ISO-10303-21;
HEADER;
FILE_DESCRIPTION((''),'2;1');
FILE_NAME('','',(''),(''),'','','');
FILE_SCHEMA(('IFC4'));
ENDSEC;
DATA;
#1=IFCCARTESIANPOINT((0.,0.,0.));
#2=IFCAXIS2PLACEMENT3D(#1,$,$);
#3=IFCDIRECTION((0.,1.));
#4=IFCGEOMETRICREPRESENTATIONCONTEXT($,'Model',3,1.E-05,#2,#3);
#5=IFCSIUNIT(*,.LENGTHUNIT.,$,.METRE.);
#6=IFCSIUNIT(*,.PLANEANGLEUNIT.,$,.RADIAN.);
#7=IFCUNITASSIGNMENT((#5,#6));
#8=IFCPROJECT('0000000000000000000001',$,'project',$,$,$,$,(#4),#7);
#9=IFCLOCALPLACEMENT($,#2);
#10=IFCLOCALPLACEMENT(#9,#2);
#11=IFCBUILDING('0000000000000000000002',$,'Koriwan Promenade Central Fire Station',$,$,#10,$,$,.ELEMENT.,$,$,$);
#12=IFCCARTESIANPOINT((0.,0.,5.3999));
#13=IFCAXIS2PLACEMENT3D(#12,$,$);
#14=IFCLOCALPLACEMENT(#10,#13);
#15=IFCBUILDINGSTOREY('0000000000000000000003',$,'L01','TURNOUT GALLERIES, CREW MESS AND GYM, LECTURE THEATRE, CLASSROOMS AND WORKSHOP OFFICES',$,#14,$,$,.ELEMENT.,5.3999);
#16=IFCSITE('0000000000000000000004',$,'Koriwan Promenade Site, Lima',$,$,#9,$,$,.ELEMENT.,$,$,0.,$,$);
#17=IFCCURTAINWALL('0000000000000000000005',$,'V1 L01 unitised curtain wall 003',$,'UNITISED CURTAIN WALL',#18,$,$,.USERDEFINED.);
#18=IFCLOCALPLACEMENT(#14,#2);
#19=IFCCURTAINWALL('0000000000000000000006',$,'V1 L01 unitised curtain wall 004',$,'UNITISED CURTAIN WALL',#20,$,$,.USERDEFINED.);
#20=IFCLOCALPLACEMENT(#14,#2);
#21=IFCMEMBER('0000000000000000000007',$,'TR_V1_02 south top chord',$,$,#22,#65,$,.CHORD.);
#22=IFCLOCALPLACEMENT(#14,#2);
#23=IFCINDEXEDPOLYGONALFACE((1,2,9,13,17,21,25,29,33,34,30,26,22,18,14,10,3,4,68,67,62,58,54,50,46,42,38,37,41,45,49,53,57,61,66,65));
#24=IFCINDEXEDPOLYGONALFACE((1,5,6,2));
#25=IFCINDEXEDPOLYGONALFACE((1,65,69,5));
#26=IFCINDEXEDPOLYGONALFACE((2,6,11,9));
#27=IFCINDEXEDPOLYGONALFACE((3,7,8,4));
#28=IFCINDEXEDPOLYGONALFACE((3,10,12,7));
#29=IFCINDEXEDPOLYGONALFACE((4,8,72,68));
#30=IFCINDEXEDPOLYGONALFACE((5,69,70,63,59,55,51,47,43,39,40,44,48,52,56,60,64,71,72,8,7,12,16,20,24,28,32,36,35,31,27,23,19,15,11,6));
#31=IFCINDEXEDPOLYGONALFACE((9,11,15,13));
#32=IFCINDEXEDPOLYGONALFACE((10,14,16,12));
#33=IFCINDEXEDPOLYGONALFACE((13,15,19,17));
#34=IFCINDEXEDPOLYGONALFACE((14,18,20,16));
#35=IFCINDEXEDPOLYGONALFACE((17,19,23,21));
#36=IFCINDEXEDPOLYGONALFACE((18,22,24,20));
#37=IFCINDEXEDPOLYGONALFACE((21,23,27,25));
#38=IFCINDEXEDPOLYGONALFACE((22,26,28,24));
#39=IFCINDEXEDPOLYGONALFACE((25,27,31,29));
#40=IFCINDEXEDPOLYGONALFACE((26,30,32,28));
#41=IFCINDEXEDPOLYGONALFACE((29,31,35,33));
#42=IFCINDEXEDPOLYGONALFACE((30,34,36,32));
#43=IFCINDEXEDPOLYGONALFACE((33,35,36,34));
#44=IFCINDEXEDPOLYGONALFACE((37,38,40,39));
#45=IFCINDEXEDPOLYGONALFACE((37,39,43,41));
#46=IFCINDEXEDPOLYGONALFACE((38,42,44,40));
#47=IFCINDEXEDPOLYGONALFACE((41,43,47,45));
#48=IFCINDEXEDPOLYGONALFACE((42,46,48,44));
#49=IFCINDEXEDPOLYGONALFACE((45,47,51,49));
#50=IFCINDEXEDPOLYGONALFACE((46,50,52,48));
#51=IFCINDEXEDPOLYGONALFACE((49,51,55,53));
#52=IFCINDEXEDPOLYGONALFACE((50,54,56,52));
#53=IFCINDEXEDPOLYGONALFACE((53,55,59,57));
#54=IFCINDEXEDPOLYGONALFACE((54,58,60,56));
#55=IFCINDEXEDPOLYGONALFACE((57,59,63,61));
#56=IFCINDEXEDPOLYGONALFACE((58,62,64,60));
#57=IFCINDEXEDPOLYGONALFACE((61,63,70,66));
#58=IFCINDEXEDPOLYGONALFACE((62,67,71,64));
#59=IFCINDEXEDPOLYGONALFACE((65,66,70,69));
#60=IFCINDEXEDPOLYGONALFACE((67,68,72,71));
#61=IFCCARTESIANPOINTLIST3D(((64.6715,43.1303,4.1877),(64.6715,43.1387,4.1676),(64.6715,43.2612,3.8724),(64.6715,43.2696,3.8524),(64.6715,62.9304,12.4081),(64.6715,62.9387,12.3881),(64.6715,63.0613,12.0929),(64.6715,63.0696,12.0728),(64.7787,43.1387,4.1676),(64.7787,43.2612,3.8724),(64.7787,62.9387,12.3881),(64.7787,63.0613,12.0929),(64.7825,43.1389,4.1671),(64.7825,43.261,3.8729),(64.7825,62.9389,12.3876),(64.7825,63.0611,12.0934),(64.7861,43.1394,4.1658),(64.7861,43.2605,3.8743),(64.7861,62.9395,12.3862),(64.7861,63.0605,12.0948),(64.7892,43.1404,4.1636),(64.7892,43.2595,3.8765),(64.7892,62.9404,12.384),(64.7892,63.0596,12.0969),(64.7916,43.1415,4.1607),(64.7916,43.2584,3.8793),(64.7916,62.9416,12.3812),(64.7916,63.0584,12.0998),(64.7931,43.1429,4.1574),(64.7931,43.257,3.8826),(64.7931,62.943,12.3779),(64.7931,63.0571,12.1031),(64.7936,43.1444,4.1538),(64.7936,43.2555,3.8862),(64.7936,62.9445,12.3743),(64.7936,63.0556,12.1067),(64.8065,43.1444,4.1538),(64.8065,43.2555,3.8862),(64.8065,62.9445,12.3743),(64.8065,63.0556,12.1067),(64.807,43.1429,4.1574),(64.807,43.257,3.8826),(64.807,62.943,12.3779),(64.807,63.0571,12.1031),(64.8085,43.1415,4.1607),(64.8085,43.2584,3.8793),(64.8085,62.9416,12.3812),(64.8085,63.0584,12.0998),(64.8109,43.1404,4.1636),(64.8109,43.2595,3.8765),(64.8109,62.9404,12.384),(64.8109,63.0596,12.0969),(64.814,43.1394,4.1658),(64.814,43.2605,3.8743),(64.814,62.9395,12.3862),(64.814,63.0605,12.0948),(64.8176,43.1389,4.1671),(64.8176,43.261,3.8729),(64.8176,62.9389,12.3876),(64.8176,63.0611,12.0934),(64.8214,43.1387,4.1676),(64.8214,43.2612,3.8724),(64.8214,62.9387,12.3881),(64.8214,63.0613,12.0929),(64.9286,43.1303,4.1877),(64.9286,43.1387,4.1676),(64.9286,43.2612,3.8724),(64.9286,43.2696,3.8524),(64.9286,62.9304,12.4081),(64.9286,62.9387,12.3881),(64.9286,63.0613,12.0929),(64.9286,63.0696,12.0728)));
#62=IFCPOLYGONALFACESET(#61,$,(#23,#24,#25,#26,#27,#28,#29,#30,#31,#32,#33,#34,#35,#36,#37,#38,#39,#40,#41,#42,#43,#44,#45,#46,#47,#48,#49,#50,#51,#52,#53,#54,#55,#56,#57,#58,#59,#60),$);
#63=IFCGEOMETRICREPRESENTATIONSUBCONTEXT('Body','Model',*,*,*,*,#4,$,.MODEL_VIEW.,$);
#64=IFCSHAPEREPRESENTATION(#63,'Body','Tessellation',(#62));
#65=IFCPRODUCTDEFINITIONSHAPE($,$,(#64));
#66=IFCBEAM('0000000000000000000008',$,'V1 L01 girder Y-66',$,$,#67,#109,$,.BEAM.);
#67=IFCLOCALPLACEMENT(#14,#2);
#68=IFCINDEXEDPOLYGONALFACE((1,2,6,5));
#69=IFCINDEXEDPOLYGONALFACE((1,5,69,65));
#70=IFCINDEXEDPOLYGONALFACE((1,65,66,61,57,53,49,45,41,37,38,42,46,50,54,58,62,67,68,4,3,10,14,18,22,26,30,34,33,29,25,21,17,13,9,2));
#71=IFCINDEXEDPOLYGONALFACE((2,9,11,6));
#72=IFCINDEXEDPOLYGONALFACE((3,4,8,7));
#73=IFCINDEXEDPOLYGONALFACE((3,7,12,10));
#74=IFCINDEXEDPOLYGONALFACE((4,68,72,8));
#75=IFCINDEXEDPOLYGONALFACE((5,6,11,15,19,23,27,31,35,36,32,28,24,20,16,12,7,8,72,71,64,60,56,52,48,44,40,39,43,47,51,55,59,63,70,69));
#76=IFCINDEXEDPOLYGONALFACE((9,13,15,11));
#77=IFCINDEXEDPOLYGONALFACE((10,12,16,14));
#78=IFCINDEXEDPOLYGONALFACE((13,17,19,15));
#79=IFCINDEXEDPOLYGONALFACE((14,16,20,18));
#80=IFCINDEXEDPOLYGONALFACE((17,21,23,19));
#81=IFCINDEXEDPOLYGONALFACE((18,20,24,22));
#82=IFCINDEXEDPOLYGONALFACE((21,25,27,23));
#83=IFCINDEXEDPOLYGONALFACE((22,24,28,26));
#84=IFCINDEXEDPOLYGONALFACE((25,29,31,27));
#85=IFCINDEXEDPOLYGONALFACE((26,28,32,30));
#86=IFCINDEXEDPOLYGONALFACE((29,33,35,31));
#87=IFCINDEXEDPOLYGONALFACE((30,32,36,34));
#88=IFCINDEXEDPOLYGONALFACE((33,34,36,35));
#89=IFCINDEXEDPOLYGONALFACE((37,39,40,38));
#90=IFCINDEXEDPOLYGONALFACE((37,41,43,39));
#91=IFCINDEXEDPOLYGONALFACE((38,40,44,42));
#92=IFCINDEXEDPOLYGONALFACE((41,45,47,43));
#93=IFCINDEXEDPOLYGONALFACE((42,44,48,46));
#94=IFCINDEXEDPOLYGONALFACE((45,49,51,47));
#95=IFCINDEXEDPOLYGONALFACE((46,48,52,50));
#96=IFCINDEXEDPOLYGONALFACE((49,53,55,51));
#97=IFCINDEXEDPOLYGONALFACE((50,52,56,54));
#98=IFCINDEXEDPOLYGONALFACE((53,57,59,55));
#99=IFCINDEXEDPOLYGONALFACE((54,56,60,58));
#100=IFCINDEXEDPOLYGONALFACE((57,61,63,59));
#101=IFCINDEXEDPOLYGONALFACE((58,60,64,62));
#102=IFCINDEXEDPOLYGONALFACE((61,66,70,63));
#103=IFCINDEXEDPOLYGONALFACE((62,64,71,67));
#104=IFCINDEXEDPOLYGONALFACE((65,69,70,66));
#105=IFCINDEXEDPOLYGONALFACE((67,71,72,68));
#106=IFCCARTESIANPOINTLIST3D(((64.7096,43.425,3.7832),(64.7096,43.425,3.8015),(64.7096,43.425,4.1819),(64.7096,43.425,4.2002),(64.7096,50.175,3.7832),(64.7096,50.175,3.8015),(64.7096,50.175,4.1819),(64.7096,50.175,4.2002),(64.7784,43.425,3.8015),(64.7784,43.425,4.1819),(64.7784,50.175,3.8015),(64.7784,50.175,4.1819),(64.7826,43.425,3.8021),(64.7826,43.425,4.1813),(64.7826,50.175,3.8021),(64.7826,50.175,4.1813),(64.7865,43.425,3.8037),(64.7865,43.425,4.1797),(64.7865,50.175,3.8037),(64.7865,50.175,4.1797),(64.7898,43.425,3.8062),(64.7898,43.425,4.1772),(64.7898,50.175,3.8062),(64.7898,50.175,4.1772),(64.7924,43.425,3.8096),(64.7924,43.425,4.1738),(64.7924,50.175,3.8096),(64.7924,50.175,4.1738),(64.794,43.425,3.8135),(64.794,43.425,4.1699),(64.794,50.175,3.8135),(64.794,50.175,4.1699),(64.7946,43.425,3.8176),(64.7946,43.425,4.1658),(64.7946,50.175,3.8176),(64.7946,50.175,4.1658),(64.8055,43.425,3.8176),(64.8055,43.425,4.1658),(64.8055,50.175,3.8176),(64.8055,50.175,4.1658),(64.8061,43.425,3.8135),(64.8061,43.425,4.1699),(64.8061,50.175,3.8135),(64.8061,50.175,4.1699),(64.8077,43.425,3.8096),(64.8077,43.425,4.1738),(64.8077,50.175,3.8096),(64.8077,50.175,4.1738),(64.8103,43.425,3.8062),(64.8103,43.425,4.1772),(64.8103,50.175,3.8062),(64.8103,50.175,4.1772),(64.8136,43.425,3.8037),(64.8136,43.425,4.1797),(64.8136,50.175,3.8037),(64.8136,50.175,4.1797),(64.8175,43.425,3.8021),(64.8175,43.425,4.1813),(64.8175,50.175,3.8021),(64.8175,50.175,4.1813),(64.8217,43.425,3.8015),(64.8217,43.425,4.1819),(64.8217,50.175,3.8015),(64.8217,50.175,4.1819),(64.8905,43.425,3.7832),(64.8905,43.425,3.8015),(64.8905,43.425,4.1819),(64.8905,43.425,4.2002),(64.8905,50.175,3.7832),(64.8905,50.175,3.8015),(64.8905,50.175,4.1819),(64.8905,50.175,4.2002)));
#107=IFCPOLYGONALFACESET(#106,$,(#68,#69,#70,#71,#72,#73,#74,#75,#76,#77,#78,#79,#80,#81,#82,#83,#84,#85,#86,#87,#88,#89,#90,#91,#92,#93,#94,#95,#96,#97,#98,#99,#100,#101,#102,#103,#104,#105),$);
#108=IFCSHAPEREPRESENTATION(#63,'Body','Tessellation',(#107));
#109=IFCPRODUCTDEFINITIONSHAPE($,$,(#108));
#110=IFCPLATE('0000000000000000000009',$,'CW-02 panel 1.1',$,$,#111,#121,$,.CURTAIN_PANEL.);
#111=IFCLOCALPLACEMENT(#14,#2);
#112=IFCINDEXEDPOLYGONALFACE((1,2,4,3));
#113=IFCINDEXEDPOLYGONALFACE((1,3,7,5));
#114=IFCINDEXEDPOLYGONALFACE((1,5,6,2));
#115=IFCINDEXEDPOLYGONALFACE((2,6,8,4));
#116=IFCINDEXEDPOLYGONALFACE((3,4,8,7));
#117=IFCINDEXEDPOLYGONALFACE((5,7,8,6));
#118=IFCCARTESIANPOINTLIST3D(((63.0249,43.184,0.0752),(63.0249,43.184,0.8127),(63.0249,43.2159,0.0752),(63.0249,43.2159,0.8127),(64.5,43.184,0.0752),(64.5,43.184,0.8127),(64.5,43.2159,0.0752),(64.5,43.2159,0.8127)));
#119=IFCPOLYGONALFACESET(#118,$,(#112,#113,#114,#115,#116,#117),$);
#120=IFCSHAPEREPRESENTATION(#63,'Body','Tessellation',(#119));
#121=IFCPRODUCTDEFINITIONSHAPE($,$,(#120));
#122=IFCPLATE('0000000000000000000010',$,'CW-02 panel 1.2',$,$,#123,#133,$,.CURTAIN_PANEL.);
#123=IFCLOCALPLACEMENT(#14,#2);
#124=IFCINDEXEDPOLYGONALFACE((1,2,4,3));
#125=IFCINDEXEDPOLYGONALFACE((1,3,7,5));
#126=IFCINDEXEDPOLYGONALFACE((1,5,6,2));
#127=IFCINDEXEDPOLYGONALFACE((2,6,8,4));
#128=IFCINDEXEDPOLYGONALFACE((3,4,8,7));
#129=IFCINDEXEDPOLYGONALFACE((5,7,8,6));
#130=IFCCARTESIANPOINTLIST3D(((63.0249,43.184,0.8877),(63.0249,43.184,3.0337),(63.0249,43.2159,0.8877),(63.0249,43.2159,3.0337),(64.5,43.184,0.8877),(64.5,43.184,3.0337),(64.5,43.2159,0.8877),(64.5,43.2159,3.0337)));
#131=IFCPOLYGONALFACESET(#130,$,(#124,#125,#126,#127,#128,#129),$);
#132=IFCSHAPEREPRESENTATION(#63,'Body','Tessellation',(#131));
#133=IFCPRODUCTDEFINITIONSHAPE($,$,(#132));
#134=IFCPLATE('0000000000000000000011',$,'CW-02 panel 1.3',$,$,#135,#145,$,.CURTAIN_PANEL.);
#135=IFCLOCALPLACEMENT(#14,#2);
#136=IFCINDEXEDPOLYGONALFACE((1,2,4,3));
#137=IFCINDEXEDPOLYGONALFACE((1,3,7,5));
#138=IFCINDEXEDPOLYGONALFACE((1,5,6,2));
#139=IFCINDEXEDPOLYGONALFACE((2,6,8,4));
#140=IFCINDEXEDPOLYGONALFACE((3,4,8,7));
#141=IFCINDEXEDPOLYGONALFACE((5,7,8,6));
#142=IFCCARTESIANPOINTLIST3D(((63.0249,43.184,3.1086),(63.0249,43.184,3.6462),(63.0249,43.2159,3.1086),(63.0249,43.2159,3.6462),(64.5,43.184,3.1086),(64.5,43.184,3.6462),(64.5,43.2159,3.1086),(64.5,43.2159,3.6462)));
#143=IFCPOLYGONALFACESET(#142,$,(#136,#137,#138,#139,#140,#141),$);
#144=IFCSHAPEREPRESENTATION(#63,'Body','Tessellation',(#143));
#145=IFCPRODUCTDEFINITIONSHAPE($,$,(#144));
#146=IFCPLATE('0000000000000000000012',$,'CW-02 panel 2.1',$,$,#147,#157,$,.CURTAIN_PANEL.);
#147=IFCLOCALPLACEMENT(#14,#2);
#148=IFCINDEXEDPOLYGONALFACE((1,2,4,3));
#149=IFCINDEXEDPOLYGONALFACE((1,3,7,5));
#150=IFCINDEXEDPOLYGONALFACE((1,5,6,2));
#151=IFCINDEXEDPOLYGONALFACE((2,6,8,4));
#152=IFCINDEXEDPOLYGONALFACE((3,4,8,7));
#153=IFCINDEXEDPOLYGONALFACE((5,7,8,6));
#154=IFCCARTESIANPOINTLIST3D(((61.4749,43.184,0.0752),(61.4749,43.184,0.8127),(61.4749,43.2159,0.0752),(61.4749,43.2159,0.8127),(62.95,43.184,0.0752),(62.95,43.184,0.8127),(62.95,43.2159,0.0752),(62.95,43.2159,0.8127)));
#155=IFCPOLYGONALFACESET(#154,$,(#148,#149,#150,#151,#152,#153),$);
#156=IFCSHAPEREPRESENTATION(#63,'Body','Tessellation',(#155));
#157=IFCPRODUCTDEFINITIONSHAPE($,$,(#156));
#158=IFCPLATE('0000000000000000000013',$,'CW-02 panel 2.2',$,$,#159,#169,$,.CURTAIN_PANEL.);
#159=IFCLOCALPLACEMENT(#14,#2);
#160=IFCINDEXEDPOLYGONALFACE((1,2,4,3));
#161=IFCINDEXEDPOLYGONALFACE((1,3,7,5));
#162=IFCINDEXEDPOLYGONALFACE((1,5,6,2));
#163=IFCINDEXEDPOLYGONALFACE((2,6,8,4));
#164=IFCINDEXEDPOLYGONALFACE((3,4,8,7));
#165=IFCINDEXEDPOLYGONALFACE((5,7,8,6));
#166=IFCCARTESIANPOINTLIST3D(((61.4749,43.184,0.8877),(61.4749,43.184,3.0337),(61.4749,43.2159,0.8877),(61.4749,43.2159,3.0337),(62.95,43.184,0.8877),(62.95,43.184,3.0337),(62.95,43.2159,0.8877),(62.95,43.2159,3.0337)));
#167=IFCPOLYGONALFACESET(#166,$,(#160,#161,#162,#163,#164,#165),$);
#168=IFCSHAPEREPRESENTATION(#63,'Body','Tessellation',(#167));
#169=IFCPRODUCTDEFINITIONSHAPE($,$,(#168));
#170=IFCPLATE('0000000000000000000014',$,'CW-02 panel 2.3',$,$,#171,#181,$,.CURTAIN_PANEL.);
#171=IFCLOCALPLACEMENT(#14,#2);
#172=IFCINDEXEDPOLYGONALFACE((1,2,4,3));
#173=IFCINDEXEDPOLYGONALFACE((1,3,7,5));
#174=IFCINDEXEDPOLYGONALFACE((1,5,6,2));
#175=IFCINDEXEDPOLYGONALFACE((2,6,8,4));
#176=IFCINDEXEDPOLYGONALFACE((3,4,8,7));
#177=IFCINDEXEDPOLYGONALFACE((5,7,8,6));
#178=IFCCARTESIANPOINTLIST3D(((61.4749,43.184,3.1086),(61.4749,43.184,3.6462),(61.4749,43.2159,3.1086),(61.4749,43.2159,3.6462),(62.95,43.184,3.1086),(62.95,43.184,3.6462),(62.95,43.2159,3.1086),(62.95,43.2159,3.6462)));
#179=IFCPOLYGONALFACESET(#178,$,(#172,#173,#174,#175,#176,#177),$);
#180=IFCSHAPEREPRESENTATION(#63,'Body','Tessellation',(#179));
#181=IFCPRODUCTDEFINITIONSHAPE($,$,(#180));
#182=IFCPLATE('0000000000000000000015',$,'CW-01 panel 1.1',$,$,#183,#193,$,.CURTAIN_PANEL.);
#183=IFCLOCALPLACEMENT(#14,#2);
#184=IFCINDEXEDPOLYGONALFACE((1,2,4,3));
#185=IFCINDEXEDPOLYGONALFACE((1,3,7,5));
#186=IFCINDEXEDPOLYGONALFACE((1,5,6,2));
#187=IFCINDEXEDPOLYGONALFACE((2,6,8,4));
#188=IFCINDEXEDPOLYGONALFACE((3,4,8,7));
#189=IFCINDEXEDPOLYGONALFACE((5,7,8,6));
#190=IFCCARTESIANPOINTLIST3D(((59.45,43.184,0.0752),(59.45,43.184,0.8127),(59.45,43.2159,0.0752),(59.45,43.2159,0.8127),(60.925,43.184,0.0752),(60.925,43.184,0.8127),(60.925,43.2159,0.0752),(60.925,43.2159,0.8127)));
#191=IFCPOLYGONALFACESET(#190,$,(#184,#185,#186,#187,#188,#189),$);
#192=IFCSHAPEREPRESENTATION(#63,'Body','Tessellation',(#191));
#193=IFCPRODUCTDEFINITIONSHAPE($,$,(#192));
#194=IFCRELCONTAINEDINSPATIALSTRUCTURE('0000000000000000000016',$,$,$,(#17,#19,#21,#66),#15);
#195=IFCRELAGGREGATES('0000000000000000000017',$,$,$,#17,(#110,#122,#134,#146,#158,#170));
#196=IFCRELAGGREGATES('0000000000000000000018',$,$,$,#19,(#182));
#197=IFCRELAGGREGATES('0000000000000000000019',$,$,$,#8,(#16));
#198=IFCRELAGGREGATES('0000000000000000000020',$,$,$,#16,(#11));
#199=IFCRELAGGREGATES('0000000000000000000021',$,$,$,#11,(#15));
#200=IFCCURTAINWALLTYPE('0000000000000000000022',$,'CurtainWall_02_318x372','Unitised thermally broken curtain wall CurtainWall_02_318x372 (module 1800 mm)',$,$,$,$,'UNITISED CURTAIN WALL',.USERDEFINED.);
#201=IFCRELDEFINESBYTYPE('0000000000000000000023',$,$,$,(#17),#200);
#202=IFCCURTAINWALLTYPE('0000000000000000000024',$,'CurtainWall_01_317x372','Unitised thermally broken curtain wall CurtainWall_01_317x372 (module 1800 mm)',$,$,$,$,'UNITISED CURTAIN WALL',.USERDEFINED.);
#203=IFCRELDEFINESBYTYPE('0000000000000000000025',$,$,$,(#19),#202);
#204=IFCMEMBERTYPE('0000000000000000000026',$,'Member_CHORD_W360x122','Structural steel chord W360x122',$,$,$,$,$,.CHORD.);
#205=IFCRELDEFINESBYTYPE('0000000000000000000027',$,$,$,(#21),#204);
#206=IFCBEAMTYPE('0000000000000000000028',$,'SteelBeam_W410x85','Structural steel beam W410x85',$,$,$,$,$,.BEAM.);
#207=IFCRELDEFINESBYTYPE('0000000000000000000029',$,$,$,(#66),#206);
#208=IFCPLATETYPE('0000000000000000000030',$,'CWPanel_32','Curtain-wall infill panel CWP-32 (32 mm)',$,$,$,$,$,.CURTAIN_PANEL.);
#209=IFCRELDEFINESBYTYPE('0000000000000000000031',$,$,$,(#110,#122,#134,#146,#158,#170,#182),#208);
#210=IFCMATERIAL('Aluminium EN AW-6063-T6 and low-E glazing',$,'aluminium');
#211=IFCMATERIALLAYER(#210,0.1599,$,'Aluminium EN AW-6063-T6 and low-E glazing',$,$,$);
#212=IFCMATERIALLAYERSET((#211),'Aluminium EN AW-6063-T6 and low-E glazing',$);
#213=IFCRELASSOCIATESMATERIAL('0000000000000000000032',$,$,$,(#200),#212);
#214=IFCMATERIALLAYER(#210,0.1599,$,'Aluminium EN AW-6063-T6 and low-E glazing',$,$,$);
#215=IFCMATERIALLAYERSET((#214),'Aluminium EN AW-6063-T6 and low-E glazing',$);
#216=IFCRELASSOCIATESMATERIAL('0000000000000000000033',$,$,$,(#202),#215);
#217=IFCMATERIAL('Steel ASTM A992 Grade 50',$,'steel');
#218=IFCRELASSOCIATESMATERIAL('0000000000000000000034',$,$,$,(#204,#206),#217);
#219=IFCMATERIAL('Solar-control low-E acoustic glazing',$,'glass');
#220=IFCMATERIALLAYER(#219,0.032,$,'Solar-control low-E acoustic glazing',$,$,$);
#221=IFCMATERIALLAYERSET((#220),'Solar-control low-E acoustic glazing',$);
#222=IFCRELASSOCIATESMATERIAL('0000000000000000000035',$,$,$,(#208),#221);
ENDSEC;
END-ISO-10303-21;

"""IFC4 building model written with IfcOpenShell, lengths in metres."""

from ifc_helpers import new_model, si_unit, direction, frame, origin, origin_2d, place, context, subcontext, project, spatial, rectangle, i_section, extrude, material, layer, layer_set, material_profile, profile_set, type_object, element, aggregate, save


model = new_model("IFC4")

# Units and contexts
model_context = context("Model", 3, precision=1e-05, world=origin(), true_north=direction((0.0, 1.0)))
body_context = subcontext(model_context, "Body", "Model", "MODEL_VIEW")
ifc_project = project(units=[si_unit("LENGTHUNIT", "METRE"), si_unit("PLANEANGLEUNIT", "RADIAN")], contexts=[model_context])

# Site, building, storey
site_placement = place(None, origin())
site = spatial("IfcSite", under=ifc_project, at=site_placement, Name="Koriwan Promenade Site, Lima", CompositionType="ELEMENT", RefElevation=0.0)
building_placement = place(site_placement, origin())
building = spatial("IfcBuilding", under=site, at=building_placement, Name="Koriwan Promenade Central Fire Station", CompositionType="ELEMENT")
storey_placement = place(building_placement, frame((0.0, 0.0, 5.3999)))
storey = spatial("IfcBuildingStorey", under=building, at=storey_placement, Name="L01", Description="TURNOUT GALLERIES, CREW MESS AND GYM, LECTURE THEATRE, CLASSROOMS AND WORKSHOP OFFICES", CompositionType="ELEMENT", Elevation=5.3999)

# Curtain walls
ifc_material_1 = material(Name="Aluminium EN AW-6063-T6 and low-E glazing", Category="aluminium")
ifc_layer_1 = layer(ifc_material_1, 0.1599, Name="Aluminium EN AW-6063-T6 and low-E glazing")
ifc_layer_set_1 = layer_set([ifc_layer_1], Name="Aluminium EN AW-6063-T6 and low-E glazing")
curtain_wall_type_1 = type_object("IfcCurtainWallType", Name="CurtainWall_02_318x372", Description="Unitised thermally broken curtain wall CurtainWall_02_318x372 (module 1800 mm)", ElementType="UNITISED CURTAIN WALL", PredefinedType="USERDEFINED", material=ifc_layer_set_1)
curtain_wall_1_placement = place(storey_placement, origin())
curtain_wall_1 = element("IfcCurtainWall", 1, at=curtain_wall_1_placement, inside=storey, type_object=curtain_wall_type_1, Name="V1 L01 unitised curtain wall 003", ObjectType="UNITISED CURTAIN WALL", PredefinedType="USERDEFINED")
ifc_layer_2 = layer(ifc_material_1, 0.1599, Name="Aluminium EN AW-6063-T6 and low-E glazing")
ifc_layer_set_2 = layer_set([ifc_layer_2], Name="Aluminium EN AW-6063-T6 and low-E glazing")
curtain_wall_type_2 = type_object("IfcCurtainWallType", Name="CurtainWall_01_317x372", Description="Unitised thermally broken curtain wall CurtainWall_01_317x372 (module 1800 mm)", ElementType="UNITISED CURTAIN WALL", PredefinedType="USERDEFINED", material=ifc_layer_set_2)
curtain_wall_2_placement = place(storey_placement, origin())
curtain_wall_2 = element("IfcCurtainWall", 2, at=curtain_wall_2_placement, inside=storey, type_object=curtain_wall_type_2, Name="V1 L01 unitised curtain wall 004", ObjectType="UNITISED CURTAIN WALL", PredefinedType="USERDEFINED")

# Member
ifc_material_2 = material(Name="Steel ASTM A992 Grade 50", Category="steel")
ifc_material_profile_1 = material_profile(ifc_material_2, i_section(OverallWidth=0.2571, OverallDepth=0.363, WebThickness=0.0129, FlangeThickness=0.0217, FilletRadius=0.0149, at=origin_2d()), Name="W360x122")
ifc_profile_set_1 = profile_set([ifc_material_profile_1], Name="Steel ASTM A992 Grade 50")
member_type_1 = type_object("IfcMemberType", Name="Member_CHORD_W360x122", Description="Structural steel chord W360x122", PredefinedType="CHORD", material=ifc_profile_set_1)
member_1_placement = place(storey_placement, frame((64.8, 43.2, 4.02), z_axis=(0.0, 0.923566, 0.38344), x_axis=(-1.0, 0.0, 0.0)))
element("IfcMember", 3, at=member_1_placement, inside=storey, type_object=member_type_1, Name="TR_V1_02 south top chord", PredefinedType="CHORD", context=body_context, shape_type="SweptSolid", body=[
    extrude(i_section(OverallWidth=0.2571, OverallDepth=0.363, WebThickness=0.0129, FlangeThickness=0.0217, FilletRadius=0.0149, at=origin_2d()), origin(), (0.0, 0.0, 1.0), 21.4387),
])

# Beam
ifc_material_profile_2 = material_profile(ifc_material_2, i_section(OverallWidth=0.1809, OverallDepth=0.417, WebThickness=0.011, FlangeThickness=0.0183, FilletRadius=0.0161, at=origin_2d()), Name="W410x85")
ifc_profile_set_2 = profile_set([ifc_material_profile_2], Name="Steel ASTM A992 Grade 50")
beam_type = type_object("IfcBeamType", Name="SteelBeam_W410x85", Description="Structural steel beam W410x85", PredefinedType="BEAM", material=ifc_profile_set_2)
beam_placement = place(storey_placement, frame((64.8, 43.425, 3.9917), z_axis=(0.0, 1.0, 0.0), x_axis=(-1.0, 0.0, 0.0)))
element("IfcBeam", 4, at=beam_placement, inside=storey, type_object=beam_type, Name="V1 L01 girder Y-66", PredefinedType="BEAM", context=body_context, shape_type="SweptSolid", body=[
    extrude(i_section(OverallWidth=0.1809, OverallDepth=0.417, WebThickness=0.011, FlangeThickness=0.0183, FilletRadius=0.0161, at=origin_2d()), origin(), (0.0, 0.0, 1.0), 6.75),
])

# Plates
ifc_material_3 = material(Name="Solar-control low-E acoustic glazing", Category="glass")
ifc_layer_3 = layer(ifc_material_3, 0.032, Name="Solar-control low-E acoustic glazing")
ifc_layer_set_3 = layer_set([ifc_layer_3], Name="Solar-control low-E acoustic glazing")
plate_type_1 = type_object("IfcPlateType", Name="CWPanel_32", Description="Curtain-wall infill panel CWP-32 (32 mm)", PredefinedType="CURTAIN_PANEL", material=ifc_layer_set_3)
plate_1_placement = place(storey_placement, frame((63.7625, 43.2, 0.0752), z_axis=(0.0, 0.0, 1.0), x_axis=(-1.0, 0.0, 0.0)))
plate_1 = element("IfcPlate", 5, at=plate_1_placement, type_object=plate_type_1, Name="CW-02 panel 1.1", PredefinedType="CURTAIN_PANEL", context=body_context, shape_type="SweptSolid", body=[
    extrude(rectangle(XDim=1.4751, YDim=0.032, at=origin_2d()), origin(), (0.0, 0.0, 1.0), 0.7375),
])
plate_2_placement = place(storey_placement, frame((63.7625, 43.2, 0.8877), z_axis=(0.0, 0.0, 1.0), x_axis=(-1.0, 0.0, 0.0)))
plate_2 = element("IfcPlate", 6, at=plate_2_placement, type_object=plate_type_1, Name="CW-02 panel 1.2", PredefinedType="CURTAIN_PANEL", context=body_context, shape_type="SweptSolid", body=[
    extrude(rectangle(XDim=1.4751, YDim=0.032, at=origin_2d()), origin(), (0.0, 0.0, 1.0), 2.146),
])
plate_3_placement = place(storey_placement, frame((63.7625, 43.2, 3.1086), z_axis=(0.0, 0.0, 1.0), x_axis=(-1.0, 0.0, 0.0)))
plate_3 = element("IfcPlate", 7, at=plate_3_placement, type_object=plate_type_1, Name="CW-02 panel 1.3", PredefinedType="CURTAIN_PANEL", context=body_context, shape_type="SweptSolid", body=[
    extrude(rectangle(XDim=1.4751, YDim=0.032, at=origin_2d()), origin(), (0.0, 0.0, 1.0), 0.5376),
])
plate_4_placement = place(storey_placement, frame((62.2124, 43.2, 0.0752), z_axis=(0.0, 0.0, 1.0), x_axis=(-1.0, 0.0, 0.0)))
plate_4 = element("IfcPlate", 8, at=plate_4_placement, type_object=plate_type_1, Name="CW-02 panel 2.1", PredefinedType="CURTAIN_PANEL", context=body_context, shape_type="SweptSolid", body=[
    extrude(rectangle(XDim=1.4751, YDim=0.032, at=origin_2d()), origin(), (0.0, 0.0, 1.0), 0.7375),
])
plate_5_placement = place(storey_placement, frame((62.2124, 43.2, 0.8877), z_axis=(0.0, 0.0, 1.0), x_axis=(-1.0, 0.0, 0.0)))
plate_5 = element("IfcPlate", 9, at=plate_5_placement, type_object=plate_type_1, Name="CW-02 panel 2.2", PredefinedType="CURTAIN_PANEL", context=body_context, shape_type="SweptSolid", body=[
    extrude(rectangle(XDim=1.4751, YDim=0.032, at=origin_2d()), origin(), (0.0, 0.0, 1.0), 2.146),
])
plate_6_placement = place(storey_placement, frame((62.2124, 43.2, 3.1086), z_axis=(0.0, 0.0, 1.0), x_axis=(-1.0, 0.0, 0.0)))
plate_6 = element("IfcPlate", 10, at=plate_6_placement, type_object=plate_type_1, Name="CW-02 panel 2.3", PredefinedType="CURTAIN_PANEL", context=body_context, shape_type="SweptSolid", body=[
    extrude(rectangle(XDim=1.4751, YDim=0.032, at=origin_2d()), origin(), (0.0, 0.0, 1.0), 0.5376),
])
aggregate(curtain_wall_1, [plate_1, plate_2, plate_3, plate_4, plate_5, plate_6])
plate_7_placement = place(storey_placement, frame((60.1875, 43.2, 0.0752), z_axis=(0.0, 0.0, 1.0), x_axis=(-1.0, 0.0, 0.0)))
plate_7 = element("IfcPlate", 11, at=plate_7_placement, type_object=plate_type_1, Name="CW-01 panel 1.1", PredefinedType="CURTAIN_PANEL", context=body_context, shape_type="SweptSolid", body=[
    extrude(rectangle(XDim=1.4751, YDim=0.032, at=origin_2d()), origin(), (0.0, 0.0, 1.0), 0.7375),
])
aggregate(curtain_wall_2, [plate_7])

save(model, "model.ifc")
